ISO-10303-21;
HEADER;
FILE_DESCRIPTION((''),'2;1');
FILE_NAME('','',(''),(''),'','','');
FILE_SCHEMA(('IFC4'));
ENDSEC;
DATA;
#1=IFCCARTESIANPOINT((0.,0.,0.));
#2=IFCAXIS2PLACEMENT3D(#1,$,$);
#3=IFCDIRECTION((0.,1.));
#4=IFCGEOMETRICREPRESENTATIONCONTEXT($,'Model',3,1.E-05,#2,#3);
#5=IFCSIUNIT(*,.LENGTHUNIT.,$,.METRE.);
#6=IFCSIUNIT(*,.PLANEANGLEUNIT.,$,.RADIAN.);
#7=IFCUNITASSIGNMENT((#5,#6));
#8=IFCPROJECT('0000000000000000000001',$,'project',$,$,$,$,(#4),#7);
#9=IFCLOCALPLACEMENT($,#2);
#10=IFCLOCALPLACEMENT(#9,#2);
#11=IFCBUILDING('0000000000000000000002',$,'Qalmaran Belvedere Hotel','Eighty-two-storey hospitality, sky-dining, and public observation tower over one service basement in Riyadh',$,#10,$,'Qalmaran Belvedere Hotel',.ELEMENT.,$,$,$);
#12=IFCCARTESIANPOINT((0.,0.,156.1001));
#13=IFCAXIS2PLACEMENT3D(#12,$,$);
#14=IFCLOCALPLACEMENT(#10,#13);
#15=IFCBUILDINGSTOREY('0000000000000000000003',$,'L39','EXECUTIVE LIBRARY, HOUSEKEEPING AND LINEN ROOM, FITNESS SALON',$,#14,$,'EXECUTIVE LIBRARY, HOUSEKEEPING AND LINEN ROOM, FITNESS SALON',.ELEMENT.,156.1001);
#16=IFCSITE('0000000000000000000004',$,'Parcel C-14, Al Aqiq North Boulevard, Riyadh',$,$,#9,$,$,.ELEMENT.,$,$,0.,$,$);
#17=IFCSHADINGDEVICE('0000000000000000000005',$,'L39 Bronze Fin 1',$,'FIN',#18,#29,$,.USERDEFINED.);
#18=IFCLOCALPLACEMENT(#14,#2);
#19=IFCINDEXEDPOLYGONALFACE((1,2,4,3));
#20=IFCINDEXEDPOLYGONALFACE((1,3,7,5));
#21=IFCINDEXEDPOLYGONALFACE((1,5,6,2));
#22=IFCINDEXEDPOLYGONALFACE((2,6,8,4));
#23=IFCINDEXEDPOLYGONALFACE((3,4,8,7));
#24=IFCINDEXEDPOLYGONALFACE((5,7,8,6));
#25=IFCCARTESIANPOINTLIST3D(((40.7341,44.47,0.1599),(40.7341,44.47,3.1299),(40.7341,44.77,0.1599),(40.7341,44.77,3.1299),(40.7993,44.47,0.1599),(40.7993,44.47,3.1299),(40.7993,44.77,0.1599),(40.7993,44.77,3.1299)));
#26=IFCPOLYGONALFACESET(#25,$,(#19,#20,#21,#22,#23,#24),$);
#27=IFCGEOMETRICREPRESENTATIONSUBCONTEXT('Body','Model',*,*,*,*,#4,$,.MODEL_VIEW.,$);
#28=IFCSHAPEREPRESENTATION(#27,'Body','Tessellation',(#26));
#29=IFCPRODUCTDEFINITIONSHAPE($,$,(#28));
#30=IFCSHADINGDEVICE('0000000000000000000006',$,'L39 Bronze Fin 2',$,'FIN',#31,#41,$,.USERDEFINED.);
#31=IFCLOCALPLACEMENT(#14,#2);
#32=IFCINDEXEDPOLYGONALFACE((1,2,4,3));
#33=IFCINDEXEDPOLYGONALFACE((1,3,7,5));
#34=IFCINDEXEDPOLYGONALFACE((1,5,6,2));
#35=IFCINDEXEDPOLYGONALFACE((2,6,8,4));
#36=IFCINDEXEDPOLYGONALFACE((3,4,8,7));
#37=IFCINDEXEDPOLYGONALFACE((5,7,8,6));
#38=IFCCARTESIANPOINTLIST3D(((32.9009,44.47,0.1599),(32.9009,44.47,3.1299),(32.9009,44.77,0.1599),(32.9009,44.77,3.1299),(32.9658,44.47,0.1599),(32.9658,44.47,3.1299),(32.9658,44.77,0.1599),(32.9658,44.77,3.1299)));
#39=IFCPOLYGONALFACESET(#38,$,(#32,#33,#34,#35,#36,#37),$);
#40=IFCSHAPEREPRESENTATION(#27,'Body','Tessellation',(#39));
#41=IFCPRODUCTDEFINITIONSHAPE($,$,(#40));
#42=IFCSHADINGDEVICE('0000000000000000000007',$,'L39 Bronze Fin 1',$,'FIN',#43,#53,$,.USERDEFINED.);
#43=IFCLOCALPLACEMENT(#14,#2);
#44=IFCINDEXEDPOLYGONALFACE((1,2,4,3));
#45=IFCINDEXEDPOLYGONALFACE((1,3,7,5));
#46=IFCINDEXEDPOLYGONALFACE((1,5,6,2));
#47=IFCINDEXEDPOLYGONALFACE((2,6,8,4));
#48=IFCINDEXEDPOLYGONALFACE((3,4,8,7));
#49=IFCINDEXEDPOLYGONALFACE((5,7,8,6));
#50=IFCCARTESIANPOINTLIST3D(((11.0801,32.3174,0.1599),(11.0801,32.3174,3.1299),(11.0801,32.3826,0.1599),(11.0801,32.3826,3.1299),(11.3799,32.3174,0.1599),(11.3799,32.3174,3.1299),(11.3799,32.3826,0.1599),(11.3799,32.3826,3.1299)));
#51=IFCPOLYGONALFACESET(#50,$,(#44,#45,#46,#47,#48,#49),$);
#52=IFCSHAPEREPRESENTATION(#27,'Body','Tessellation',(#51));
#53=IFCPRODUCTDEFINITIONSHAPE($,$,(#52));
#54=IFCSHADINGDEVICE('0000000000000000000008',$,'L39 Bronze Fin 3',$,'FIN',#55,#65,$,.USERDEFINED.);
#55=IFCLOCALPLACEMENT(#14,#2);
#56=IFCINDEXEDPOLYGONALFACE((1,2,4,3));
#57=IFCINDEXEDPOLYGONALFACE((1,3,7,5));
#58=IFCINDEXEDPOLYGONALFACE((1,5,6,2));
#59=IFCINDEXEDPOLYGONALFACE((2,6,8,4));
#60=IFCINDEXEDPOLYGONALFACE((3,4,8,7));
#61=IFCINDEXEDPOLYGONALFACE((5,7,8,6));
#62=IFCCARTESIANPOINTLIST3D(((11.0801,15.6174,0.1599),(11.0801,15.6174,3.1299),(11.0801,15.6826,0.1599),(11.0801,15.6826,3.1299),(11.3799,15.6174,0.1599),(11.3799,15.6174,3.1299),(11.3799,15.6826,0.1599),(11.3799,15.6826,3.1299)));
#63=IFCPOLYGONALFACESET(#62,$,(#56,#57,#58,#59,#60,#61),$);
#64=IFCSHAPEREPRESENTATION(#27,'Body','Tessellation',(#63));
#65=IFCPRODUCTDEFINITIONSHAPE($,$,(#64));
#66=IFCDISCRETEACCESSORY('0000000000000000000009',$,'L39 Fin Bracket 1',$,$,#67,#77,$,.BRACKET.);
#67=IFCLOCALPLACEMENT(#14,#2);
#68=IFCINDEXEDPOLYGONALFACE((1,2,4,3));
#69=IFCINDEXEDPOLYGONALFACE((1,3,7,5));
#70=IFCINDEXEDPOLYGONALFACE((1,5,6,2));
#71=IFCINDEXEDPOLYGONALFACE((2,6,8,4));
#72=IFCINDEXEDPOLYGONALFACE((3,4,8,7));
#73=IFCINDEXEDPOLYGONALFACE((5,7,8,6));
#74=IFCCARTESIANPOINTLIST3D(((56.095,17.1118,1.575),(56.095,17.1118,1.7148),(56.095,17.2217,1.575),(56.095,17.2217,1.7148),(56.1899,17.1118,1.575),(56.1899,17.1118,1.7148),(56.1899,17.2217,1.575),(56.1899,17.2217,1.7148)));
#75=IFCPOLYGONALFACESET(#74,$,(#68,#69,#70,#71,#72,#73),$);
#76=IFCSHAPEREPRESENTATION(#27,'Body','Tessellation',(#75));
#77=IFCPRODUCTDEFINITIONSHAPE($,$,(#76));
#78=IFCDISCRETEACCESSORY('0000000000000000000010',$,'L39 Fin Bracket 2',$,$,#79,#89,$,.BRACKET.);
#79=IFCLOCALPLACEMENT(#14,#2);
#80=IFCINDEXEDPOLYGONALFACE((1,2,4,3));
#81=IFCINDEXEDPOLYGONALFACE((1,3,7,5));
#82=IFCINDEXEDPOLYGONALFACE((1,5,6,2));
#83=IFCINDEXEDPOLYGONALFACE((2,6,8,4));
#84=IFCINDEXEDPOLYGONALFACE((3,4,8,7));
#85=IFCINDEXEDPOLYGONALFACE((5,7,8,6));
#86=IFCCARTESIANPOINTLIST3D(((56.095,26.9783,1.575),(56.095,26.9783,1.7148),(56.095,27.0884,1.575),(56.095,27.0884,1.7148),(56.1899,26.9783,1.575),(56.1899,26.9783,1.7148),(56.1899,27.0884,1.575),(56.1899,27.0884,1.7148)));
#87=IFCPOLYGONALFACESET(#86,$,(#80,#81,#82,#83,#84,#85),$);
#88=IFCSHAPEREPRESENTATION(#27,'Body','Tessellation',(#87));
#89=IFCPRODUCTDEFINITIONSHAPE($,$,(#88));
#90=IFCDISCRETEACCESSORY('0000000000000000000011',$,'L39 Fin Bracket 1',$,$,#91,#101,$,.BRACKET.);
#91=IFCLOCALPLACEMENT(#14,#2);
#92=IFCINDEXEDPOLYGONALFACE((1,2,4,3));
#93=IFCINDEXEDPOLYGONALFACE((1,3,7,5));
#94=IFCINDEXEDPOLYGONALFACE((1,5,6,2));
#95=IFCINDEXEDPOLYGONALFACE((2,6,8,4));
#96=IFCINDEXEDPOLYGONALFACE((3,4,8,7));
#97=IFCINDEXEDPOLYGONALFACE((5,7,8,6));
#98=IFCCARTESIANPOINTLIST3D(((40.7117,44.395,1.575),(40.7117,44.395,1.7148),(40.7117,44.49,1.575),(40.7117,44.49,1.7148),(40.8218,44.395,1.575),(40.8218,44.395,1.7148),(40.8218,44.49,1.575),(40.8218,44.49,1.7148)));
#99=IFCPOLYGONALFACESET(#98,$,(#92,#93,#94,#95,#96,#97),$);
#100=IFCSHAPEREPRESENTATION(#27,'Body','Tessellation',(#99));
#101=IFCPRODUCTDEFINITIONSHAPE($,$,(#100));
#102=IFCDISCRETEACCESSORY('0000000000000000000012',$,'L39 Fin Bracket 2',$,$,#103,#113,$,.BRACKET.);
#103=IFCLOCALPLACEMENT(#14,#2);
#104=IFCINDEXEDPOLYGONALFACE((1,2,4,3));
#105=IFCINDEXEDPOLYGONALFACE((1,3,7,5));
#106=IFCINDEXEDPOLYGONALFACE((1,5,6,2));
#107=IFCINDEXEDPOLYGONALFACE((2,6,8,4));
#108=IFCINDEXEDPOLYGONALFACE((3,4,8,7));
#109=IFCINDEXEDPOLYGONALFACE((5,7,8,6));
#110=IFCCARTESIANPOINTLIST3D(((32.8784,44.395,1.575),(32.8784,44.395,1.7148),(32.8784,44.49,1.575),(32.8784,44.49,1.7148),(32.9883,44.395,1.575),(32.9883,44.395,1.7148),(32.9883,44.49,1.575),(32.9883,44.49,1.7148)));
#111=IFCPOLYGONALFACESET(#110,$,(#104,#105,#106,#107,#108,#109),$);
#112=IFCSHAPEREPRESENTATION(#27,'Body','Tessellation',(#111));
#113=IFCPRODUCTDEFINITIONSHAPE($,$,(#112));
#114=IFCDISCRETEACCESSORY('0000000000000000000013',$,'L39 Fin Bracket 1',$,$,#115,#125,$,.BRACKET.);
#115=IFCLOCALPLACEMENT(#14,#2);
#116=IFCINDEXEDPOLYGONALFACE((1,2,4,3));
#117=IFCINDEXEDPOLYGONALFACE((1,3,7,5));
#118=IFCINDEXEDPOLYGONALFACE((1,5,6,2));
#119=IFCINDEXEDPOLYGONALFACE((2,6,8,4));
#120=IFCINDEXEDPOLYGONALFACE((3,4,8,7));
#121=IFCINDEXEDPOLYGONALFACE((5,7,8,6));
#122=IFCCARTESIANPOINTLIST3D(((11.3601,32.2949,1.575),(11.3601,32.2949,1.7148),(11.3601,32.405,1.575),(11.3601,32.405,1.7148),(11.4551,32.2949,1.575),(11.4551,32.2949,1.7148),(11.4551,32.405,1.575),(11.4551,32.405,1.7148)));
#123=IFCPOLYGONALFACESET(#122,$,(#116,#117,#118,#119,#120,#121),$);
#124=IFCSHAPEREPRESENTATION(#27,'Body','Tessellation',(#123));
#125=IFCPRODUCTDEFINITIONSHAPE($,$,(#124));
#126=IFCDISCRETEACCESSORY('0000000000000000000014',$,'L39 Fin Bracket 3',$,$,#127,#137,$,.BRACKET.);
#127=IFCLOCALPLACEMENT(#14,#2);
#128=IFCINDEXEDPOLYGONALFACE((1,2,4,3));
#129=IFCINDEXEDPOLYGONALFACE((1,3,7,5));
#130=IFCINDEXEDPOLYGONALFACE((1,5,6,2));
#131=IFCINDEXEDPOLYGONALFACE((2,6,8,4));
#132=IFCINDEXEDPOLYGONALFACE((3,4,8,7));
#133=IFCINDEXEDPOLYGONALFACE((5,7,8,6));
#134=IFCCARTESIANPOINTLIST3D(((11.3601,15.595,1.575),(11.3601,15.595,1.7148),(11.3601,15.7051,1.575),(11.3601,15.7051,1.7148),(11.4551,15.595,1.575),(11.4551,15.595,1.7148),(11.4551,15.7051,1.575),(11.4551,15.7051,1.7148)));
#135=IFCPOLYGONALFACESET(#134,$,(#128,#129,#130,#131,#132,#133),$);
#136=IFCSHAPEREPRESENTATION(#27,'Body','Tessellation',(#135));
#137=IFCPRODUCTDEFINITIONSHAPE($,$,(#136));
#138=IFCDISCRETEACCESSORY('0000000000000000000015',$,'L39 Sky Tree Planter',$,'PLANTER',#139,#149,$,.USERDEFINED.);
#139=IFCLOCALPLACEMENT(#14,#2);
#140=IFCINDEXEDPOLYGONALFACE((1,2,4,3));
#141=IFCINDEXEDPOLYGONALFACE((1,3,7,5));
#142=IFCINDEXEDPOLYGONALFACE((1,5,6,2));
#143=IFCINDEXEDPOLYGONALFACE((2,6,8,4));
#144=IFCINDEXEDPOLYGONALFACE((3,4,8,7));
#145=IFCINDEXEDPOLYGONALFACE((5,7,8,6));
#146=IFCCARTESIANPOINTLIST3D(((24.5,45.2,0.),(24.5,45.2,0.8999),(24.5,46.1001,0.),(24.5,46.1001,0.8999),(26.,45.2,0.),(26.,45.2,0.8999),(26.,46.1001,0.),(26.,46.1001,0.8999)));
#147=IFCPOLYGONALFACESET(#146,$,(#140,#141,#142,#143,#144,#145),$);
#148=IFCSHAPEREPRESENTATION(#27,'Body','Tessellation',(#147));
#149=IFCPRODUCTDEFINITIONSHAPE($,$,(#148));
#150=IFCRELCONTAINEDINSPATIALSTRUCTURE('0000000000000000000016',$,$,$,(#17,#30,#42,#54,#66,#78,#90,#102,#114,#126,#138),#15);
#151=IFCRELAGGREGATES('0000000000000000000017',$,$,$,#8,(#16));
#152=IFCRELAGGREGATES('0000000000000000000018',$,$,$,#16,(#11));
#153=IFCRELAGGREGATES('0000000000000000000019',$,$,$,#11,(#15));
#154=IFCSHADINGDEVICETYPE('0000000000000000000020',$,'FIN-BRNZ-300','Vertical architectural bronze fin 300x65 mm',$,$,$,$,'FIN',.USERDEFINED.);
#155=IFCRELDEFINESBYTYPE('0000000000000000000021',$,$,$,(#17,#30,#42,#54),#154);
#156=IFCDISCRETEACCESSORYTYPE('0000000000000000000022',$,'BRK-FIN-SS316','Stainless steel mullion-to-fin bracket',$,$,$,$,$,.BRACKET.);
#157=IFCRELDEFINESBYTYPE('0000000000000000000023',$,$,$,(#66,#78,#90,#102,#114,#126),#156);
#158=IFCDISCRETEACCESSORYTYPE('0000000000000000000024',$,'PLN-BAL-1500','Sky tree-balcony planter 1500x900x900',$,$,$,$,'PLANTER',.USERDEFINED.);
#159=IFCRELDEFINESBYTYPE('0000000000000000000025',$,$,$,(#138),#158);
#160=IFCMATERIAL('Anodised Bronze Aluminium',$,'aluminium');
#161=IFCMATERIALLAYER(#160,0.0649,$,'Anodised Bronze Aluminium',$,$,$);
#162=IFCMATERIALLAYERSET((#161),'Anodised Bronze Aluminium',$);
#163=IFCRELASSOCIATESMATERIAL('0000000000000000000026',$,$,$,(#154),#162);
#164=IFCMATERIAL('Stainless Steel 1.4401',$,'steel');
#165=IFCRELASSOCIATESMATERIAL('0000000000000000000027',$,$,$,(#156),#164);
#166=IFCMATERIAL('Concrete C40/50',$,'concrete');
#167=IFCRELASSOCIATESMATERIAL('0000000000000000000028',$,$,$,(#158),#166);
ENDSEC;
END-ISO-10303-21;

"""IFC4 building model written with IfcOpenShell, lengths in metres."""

from ifc_helpers import new_model, si_unit, direction, frame, origin, place, context, subcontext, project, spatial, polyline, outline, extrude, material, layer, layer_set, type_object, element, save


model = new_model("IFC4")

# Units and contexts
model_context = context("Model", 3, precision=1e-05, world=origin(), true_north=direction((0.0, 1.0)))
body_context = subcontext(model_context, "Body", "Model", "MODEL_VIEW")
ifc_project = project(units=[si_unit("LENGTHUNIT", "METRE"), si_unit("PLANEANGLEUNIT", "RADIAN")], contexts=[model_context])

# Site, building, storey
site_placement = place(None, origin())
site = spatial("IfcSite", under=ifc_project, at=site_placement, Name="Parcel C-14, Al Aqiq North Boulevard, Riyadh", CompositionType="ELEMENT", RefElevation=0.0)
building_placement = place(site_placement, origin())
building = spatial("IfcBuilding", under=site, at=building_placement, Name="Qalmaran Belvedere Hotel", Description="Eighty-two-storey hospitality, sky-dining, and public observation tower over one service basement in Riyadh", LongName="Qalmaran Belvedere Hotel", CompositionType="ELEMENT")
storey_placement = place(building_placement, frame((0.0, 0.0, 156.1001)))
storey = spatial("IfcBuildingStorey", under=building, at=storey_placement, Name="L39", Description="EXECUTIVE LIBRARY, HOUSEKEEPING AND LINEN ROOM, FITNESS SALON", LongName="EXECUTIVE LIBRARY, HOUSEKEEPING AND LINEN ROOM, FITNESS SALON", CompositionType="ELEMENT", Elevation=156.1001)

# Shared definitions
ifc_material_1 = material(Name="Anodised Bronze Aluminium", Category="aluminium")

# Shared definitions
ifc_material_2 = material(Name="Concrete C40/50", Category="concrete")

# Shading devices
ifc_layer_1 = layer(ifc_material_1, 0.0649, Name="Anodised Bronze Aluminium")
ifc_layer_set_1 = layer_set([ifc_layer_1], Name="Anodised Bronze Aluminium")
shading_device_type = type_object("IfcShadingDeviceType", Name="FIN-BRNZ-300", Description="Vertical architectural bronze fin 300x65 mm", ElementType="FIN", PredefinedType="USERDEFINED", material=ifc_layer_set_1)
shading_device_1_placement = place(storey_placement, frame((0.0, 0.0, 0.1599)))
element("IfcShadingDevice", 1, at=shading_device_1_placement, inside=storey, type_object=shading_device_type, Name="L39 Bronze Fin 1", ObjectType="FIN", PredefinedType="USERDEFINED", context=body_context, shape_type="SweptSolid", body=[
    extrude(outline(polyline([(40.7993, 44.47), (40.7993, 44.77), (40.7341, 44.77), (40.7341, 44.47), (40.7993, 44.47)])), origin(), (0.0, 0.0, 1.0), 2.97),
])
shading_device_2_placement = place(storey_placement, frame((0.0, 0.0, 0.1599)))
element("IfcShadingDevice", 2, at=shading_device_2_placement, inside=storey, type_object=shading_device_type, Name="L39 Bronze Fin 2", ObjectType="FIN", PredefinedType="USERDEFINED", context=body_context, shape_type="SweptSolid", body=[
    extrude(outline(polyline([(32.9658, 44.47), (32.9658, 44.77), (32.9009, 44.77), (32.9009, 44.47), (32.9658, 44.47)])), origin(), (0.0, 0.0, 1.0), 2.97),
])
shading_device_3_placement = place(storey_placement, frame((0.0, 0.0, 0.1599)))
element("IfcShadingDevice", 3, at=shading_device_3_placement, inside=storey, type_object=shading_device_type, Name="L39 Bronze Fin 1", ObjectType="FIN", PredefinedType="USERDEFINED", context=body_context, shape_type="SweptSolid", body=[
    extrude(outline(polyline([(11.3799, 32.3826), (11.0801, 32.3826), (11.0801, 32.3174), (11.3799, 32.3174), (11.3799, 32.3826)])), origin(), (0.0, 0.0, 1.0), 2.97),
])
shading_device_4_placement = place(storey_placement, frame((0.0, 0.0, 0.1599)))
element("IfcShadingDevice", 4, at=shading_device_4_placement, inside=storey, type_object=shading_device_type, Name="L39 Bronze Fin 3", ObjectType="FIN", PredefinedType="USERDEFINED", context=body_context, shape_type="SweptSolid", body=[
    extrude(outline(polyline([(11.3799, 15.6826), (11.0801, 15.6826), (11.0801, 15.6174), (11.3799, 15.6174), (11.3799, 15.6826)])), origin(), (0.0, 0.0, 1.0), 2.97),
])

# Discrete accessories
ifc_material_3 = material(Name="Stainless Steel 1.4401", Category="steel")
discrete_accessory_type_1 = type_object("IfcDiscreteAccessoryType", Name="BRK-FIN-SS316", Description="Stainless steel mullion-to-fin bracket", PredefinedType="BRACKET", material=ifc_material_3)
discrete_accessory_1_placement = place(storey_placement, frame((0.0, 0.0, 1.575)))
element("IfcDiscreteAccessory", 5, at=discrete_accessory_1_placement, inside=storey, type_object=discrete_accessory_type_1, Name="L39 Fin Bracket 1", PredefinedType="BRACKET", context=body_context, shape_type="SweptSolid", body=[
    extrude(outline(polyline([(56.095, 17.1118), (56.1899, 17.1118), (56.1899, 17.2217), (56.095, 17.2217), (56.095, 17.1118)])), origin(), (0.0, 0.0, 1.0), 0.1399),
])
discrete_accessory_2_placement = place(storey_placement, frame((0.0, 0.0, 1.575)))
element("IfcDiscreteAccessory", 6, at=discrete_accessory_2_placement, inside=storey, type_object=discrete_accessory_type_1, Name="L39 Fin Bracket 2", PredefinedType="BRACKET", context=body_context, shape_type="SweptSolid", body=[
    extrude(outline(polyline([(56.095, 26.9783), (56.1899, 26.9783), (56.1899, 27.0884), (56.095, 27.0884), (56.095, 26.9783)])), origin(), (0.0, 0.0, 1.0), 0.1399),
])
discrete_accessory_3_placement = place(storey_placement, frame((0.0, 0.0, 1.575)))
element("IfcDiscreteAccessory", 7, at=discrete_accessory_3_placement, inside=storey, type_object=discrete_accessory_type_1, Name="L39 Fin Bracket 1", PredefinedType="BRACKET", context=body_context, shape_type="SweptSolid", body=[
    extrude(outline(polyline([(40.8218, 44.395), (40.8218, 44.49), (40.7117, 44.49), (40.7117, 44.395), (40.8218, 44.395)])), origin(), (0.0, 0.0, 1.0), 0.1399),
])
discrete_accessory_4_placement = place(storey_placement, frame((0.0, 0.0, 1.575)))
element("IfcDiscreteAccessory", 8, at=discrete_accessory_4_placement, inside=storey, type_object=discrete_accessory_type_1, Name="L39 Fin Bracket 2", PredefinedType="BRACKET", context=body_context, shape_type="SweptSolid", body=[
    extrude(outline(polyline([(32.9883, 44.395), (32.9883, 44.49), (32.8784, 44.49), (32.8784, 44.395), (32.9883, 44.395)])), origin(), (0.0, 0.0, 1.0), 0.1399),
])
discrete_accessory_5_placement = place(storey_placement, frame((0.0, 0.0, 1.575)))
element("IfcDiscreteAccessory", 9, at=discrete_accessory_5_placement, inside=storey, type_object=discrete_accessory_type_1, Name="L39 Fin Bracket 1", PredefinedType="BRACKET", context=body_context, shape_type="SweptSolid", body=[
    extrude(outline(polyline([(11.4551, 32.405), (11.3601, 32.405), (11.3601, 32.2949), (11.4551, 32.2949), (11.4551, 32.405)])), origin(), (0.0, 0.0, 1.0), 0.1399),
])
discrete_accessory_6_placement = place(storey_placement, frame((0.0, 0.0, 1.575)))
element("IfcDiscreteAccessory", 10, at=discrete_accessory_6_placement, inside=storey, type_object=discrete_accessory_type_1, Name="L39 Fin Bracket 3", PredefinedType="BRACKET", context=body_context, shape_type="SweptSolid", body=[
    extrude(outline(polyline([(11.4551, 15.7051), (11.3601, 15.7051), (11.3601, 15.595), (11.4551, 15.595), (11.4551, 15.7051)])), origin(), (0.0, 0.0, 1.0), 0.1399),
])
discrete_accessory_type_2 = type_object("IfcDiscreteAccessoryType", Name="PLN-BAL-1500", Description="Sky tree-balcony planter 1500x900x900", ElementType="PLANTER", PredefinedType="USERDEFINED", material=ifc_material_2)
discrete_accessory_7_placement = place(storey_placement, origin())
element("IfcDiscreteAccessory", 11, at=discrete_accessory_7_placement, inside=storey, type_object=discrete_accessory_type_2, Name="L39 Sky Tree Planter", ObjectType="PLANTER", PredefinedType="USERDEFINED", context=body_context, shape_type="SweptSolid", body=[
    extrude(outline(polyline([(24.5, 45.2), (26.0, 45.2), (26.0, 46.1001), (24.5, 46.1001), (24.5, 45.2)])), origin(), (0.0, 0.0, 1.0), 0.8999),
])

save(model, "model.ifc")
